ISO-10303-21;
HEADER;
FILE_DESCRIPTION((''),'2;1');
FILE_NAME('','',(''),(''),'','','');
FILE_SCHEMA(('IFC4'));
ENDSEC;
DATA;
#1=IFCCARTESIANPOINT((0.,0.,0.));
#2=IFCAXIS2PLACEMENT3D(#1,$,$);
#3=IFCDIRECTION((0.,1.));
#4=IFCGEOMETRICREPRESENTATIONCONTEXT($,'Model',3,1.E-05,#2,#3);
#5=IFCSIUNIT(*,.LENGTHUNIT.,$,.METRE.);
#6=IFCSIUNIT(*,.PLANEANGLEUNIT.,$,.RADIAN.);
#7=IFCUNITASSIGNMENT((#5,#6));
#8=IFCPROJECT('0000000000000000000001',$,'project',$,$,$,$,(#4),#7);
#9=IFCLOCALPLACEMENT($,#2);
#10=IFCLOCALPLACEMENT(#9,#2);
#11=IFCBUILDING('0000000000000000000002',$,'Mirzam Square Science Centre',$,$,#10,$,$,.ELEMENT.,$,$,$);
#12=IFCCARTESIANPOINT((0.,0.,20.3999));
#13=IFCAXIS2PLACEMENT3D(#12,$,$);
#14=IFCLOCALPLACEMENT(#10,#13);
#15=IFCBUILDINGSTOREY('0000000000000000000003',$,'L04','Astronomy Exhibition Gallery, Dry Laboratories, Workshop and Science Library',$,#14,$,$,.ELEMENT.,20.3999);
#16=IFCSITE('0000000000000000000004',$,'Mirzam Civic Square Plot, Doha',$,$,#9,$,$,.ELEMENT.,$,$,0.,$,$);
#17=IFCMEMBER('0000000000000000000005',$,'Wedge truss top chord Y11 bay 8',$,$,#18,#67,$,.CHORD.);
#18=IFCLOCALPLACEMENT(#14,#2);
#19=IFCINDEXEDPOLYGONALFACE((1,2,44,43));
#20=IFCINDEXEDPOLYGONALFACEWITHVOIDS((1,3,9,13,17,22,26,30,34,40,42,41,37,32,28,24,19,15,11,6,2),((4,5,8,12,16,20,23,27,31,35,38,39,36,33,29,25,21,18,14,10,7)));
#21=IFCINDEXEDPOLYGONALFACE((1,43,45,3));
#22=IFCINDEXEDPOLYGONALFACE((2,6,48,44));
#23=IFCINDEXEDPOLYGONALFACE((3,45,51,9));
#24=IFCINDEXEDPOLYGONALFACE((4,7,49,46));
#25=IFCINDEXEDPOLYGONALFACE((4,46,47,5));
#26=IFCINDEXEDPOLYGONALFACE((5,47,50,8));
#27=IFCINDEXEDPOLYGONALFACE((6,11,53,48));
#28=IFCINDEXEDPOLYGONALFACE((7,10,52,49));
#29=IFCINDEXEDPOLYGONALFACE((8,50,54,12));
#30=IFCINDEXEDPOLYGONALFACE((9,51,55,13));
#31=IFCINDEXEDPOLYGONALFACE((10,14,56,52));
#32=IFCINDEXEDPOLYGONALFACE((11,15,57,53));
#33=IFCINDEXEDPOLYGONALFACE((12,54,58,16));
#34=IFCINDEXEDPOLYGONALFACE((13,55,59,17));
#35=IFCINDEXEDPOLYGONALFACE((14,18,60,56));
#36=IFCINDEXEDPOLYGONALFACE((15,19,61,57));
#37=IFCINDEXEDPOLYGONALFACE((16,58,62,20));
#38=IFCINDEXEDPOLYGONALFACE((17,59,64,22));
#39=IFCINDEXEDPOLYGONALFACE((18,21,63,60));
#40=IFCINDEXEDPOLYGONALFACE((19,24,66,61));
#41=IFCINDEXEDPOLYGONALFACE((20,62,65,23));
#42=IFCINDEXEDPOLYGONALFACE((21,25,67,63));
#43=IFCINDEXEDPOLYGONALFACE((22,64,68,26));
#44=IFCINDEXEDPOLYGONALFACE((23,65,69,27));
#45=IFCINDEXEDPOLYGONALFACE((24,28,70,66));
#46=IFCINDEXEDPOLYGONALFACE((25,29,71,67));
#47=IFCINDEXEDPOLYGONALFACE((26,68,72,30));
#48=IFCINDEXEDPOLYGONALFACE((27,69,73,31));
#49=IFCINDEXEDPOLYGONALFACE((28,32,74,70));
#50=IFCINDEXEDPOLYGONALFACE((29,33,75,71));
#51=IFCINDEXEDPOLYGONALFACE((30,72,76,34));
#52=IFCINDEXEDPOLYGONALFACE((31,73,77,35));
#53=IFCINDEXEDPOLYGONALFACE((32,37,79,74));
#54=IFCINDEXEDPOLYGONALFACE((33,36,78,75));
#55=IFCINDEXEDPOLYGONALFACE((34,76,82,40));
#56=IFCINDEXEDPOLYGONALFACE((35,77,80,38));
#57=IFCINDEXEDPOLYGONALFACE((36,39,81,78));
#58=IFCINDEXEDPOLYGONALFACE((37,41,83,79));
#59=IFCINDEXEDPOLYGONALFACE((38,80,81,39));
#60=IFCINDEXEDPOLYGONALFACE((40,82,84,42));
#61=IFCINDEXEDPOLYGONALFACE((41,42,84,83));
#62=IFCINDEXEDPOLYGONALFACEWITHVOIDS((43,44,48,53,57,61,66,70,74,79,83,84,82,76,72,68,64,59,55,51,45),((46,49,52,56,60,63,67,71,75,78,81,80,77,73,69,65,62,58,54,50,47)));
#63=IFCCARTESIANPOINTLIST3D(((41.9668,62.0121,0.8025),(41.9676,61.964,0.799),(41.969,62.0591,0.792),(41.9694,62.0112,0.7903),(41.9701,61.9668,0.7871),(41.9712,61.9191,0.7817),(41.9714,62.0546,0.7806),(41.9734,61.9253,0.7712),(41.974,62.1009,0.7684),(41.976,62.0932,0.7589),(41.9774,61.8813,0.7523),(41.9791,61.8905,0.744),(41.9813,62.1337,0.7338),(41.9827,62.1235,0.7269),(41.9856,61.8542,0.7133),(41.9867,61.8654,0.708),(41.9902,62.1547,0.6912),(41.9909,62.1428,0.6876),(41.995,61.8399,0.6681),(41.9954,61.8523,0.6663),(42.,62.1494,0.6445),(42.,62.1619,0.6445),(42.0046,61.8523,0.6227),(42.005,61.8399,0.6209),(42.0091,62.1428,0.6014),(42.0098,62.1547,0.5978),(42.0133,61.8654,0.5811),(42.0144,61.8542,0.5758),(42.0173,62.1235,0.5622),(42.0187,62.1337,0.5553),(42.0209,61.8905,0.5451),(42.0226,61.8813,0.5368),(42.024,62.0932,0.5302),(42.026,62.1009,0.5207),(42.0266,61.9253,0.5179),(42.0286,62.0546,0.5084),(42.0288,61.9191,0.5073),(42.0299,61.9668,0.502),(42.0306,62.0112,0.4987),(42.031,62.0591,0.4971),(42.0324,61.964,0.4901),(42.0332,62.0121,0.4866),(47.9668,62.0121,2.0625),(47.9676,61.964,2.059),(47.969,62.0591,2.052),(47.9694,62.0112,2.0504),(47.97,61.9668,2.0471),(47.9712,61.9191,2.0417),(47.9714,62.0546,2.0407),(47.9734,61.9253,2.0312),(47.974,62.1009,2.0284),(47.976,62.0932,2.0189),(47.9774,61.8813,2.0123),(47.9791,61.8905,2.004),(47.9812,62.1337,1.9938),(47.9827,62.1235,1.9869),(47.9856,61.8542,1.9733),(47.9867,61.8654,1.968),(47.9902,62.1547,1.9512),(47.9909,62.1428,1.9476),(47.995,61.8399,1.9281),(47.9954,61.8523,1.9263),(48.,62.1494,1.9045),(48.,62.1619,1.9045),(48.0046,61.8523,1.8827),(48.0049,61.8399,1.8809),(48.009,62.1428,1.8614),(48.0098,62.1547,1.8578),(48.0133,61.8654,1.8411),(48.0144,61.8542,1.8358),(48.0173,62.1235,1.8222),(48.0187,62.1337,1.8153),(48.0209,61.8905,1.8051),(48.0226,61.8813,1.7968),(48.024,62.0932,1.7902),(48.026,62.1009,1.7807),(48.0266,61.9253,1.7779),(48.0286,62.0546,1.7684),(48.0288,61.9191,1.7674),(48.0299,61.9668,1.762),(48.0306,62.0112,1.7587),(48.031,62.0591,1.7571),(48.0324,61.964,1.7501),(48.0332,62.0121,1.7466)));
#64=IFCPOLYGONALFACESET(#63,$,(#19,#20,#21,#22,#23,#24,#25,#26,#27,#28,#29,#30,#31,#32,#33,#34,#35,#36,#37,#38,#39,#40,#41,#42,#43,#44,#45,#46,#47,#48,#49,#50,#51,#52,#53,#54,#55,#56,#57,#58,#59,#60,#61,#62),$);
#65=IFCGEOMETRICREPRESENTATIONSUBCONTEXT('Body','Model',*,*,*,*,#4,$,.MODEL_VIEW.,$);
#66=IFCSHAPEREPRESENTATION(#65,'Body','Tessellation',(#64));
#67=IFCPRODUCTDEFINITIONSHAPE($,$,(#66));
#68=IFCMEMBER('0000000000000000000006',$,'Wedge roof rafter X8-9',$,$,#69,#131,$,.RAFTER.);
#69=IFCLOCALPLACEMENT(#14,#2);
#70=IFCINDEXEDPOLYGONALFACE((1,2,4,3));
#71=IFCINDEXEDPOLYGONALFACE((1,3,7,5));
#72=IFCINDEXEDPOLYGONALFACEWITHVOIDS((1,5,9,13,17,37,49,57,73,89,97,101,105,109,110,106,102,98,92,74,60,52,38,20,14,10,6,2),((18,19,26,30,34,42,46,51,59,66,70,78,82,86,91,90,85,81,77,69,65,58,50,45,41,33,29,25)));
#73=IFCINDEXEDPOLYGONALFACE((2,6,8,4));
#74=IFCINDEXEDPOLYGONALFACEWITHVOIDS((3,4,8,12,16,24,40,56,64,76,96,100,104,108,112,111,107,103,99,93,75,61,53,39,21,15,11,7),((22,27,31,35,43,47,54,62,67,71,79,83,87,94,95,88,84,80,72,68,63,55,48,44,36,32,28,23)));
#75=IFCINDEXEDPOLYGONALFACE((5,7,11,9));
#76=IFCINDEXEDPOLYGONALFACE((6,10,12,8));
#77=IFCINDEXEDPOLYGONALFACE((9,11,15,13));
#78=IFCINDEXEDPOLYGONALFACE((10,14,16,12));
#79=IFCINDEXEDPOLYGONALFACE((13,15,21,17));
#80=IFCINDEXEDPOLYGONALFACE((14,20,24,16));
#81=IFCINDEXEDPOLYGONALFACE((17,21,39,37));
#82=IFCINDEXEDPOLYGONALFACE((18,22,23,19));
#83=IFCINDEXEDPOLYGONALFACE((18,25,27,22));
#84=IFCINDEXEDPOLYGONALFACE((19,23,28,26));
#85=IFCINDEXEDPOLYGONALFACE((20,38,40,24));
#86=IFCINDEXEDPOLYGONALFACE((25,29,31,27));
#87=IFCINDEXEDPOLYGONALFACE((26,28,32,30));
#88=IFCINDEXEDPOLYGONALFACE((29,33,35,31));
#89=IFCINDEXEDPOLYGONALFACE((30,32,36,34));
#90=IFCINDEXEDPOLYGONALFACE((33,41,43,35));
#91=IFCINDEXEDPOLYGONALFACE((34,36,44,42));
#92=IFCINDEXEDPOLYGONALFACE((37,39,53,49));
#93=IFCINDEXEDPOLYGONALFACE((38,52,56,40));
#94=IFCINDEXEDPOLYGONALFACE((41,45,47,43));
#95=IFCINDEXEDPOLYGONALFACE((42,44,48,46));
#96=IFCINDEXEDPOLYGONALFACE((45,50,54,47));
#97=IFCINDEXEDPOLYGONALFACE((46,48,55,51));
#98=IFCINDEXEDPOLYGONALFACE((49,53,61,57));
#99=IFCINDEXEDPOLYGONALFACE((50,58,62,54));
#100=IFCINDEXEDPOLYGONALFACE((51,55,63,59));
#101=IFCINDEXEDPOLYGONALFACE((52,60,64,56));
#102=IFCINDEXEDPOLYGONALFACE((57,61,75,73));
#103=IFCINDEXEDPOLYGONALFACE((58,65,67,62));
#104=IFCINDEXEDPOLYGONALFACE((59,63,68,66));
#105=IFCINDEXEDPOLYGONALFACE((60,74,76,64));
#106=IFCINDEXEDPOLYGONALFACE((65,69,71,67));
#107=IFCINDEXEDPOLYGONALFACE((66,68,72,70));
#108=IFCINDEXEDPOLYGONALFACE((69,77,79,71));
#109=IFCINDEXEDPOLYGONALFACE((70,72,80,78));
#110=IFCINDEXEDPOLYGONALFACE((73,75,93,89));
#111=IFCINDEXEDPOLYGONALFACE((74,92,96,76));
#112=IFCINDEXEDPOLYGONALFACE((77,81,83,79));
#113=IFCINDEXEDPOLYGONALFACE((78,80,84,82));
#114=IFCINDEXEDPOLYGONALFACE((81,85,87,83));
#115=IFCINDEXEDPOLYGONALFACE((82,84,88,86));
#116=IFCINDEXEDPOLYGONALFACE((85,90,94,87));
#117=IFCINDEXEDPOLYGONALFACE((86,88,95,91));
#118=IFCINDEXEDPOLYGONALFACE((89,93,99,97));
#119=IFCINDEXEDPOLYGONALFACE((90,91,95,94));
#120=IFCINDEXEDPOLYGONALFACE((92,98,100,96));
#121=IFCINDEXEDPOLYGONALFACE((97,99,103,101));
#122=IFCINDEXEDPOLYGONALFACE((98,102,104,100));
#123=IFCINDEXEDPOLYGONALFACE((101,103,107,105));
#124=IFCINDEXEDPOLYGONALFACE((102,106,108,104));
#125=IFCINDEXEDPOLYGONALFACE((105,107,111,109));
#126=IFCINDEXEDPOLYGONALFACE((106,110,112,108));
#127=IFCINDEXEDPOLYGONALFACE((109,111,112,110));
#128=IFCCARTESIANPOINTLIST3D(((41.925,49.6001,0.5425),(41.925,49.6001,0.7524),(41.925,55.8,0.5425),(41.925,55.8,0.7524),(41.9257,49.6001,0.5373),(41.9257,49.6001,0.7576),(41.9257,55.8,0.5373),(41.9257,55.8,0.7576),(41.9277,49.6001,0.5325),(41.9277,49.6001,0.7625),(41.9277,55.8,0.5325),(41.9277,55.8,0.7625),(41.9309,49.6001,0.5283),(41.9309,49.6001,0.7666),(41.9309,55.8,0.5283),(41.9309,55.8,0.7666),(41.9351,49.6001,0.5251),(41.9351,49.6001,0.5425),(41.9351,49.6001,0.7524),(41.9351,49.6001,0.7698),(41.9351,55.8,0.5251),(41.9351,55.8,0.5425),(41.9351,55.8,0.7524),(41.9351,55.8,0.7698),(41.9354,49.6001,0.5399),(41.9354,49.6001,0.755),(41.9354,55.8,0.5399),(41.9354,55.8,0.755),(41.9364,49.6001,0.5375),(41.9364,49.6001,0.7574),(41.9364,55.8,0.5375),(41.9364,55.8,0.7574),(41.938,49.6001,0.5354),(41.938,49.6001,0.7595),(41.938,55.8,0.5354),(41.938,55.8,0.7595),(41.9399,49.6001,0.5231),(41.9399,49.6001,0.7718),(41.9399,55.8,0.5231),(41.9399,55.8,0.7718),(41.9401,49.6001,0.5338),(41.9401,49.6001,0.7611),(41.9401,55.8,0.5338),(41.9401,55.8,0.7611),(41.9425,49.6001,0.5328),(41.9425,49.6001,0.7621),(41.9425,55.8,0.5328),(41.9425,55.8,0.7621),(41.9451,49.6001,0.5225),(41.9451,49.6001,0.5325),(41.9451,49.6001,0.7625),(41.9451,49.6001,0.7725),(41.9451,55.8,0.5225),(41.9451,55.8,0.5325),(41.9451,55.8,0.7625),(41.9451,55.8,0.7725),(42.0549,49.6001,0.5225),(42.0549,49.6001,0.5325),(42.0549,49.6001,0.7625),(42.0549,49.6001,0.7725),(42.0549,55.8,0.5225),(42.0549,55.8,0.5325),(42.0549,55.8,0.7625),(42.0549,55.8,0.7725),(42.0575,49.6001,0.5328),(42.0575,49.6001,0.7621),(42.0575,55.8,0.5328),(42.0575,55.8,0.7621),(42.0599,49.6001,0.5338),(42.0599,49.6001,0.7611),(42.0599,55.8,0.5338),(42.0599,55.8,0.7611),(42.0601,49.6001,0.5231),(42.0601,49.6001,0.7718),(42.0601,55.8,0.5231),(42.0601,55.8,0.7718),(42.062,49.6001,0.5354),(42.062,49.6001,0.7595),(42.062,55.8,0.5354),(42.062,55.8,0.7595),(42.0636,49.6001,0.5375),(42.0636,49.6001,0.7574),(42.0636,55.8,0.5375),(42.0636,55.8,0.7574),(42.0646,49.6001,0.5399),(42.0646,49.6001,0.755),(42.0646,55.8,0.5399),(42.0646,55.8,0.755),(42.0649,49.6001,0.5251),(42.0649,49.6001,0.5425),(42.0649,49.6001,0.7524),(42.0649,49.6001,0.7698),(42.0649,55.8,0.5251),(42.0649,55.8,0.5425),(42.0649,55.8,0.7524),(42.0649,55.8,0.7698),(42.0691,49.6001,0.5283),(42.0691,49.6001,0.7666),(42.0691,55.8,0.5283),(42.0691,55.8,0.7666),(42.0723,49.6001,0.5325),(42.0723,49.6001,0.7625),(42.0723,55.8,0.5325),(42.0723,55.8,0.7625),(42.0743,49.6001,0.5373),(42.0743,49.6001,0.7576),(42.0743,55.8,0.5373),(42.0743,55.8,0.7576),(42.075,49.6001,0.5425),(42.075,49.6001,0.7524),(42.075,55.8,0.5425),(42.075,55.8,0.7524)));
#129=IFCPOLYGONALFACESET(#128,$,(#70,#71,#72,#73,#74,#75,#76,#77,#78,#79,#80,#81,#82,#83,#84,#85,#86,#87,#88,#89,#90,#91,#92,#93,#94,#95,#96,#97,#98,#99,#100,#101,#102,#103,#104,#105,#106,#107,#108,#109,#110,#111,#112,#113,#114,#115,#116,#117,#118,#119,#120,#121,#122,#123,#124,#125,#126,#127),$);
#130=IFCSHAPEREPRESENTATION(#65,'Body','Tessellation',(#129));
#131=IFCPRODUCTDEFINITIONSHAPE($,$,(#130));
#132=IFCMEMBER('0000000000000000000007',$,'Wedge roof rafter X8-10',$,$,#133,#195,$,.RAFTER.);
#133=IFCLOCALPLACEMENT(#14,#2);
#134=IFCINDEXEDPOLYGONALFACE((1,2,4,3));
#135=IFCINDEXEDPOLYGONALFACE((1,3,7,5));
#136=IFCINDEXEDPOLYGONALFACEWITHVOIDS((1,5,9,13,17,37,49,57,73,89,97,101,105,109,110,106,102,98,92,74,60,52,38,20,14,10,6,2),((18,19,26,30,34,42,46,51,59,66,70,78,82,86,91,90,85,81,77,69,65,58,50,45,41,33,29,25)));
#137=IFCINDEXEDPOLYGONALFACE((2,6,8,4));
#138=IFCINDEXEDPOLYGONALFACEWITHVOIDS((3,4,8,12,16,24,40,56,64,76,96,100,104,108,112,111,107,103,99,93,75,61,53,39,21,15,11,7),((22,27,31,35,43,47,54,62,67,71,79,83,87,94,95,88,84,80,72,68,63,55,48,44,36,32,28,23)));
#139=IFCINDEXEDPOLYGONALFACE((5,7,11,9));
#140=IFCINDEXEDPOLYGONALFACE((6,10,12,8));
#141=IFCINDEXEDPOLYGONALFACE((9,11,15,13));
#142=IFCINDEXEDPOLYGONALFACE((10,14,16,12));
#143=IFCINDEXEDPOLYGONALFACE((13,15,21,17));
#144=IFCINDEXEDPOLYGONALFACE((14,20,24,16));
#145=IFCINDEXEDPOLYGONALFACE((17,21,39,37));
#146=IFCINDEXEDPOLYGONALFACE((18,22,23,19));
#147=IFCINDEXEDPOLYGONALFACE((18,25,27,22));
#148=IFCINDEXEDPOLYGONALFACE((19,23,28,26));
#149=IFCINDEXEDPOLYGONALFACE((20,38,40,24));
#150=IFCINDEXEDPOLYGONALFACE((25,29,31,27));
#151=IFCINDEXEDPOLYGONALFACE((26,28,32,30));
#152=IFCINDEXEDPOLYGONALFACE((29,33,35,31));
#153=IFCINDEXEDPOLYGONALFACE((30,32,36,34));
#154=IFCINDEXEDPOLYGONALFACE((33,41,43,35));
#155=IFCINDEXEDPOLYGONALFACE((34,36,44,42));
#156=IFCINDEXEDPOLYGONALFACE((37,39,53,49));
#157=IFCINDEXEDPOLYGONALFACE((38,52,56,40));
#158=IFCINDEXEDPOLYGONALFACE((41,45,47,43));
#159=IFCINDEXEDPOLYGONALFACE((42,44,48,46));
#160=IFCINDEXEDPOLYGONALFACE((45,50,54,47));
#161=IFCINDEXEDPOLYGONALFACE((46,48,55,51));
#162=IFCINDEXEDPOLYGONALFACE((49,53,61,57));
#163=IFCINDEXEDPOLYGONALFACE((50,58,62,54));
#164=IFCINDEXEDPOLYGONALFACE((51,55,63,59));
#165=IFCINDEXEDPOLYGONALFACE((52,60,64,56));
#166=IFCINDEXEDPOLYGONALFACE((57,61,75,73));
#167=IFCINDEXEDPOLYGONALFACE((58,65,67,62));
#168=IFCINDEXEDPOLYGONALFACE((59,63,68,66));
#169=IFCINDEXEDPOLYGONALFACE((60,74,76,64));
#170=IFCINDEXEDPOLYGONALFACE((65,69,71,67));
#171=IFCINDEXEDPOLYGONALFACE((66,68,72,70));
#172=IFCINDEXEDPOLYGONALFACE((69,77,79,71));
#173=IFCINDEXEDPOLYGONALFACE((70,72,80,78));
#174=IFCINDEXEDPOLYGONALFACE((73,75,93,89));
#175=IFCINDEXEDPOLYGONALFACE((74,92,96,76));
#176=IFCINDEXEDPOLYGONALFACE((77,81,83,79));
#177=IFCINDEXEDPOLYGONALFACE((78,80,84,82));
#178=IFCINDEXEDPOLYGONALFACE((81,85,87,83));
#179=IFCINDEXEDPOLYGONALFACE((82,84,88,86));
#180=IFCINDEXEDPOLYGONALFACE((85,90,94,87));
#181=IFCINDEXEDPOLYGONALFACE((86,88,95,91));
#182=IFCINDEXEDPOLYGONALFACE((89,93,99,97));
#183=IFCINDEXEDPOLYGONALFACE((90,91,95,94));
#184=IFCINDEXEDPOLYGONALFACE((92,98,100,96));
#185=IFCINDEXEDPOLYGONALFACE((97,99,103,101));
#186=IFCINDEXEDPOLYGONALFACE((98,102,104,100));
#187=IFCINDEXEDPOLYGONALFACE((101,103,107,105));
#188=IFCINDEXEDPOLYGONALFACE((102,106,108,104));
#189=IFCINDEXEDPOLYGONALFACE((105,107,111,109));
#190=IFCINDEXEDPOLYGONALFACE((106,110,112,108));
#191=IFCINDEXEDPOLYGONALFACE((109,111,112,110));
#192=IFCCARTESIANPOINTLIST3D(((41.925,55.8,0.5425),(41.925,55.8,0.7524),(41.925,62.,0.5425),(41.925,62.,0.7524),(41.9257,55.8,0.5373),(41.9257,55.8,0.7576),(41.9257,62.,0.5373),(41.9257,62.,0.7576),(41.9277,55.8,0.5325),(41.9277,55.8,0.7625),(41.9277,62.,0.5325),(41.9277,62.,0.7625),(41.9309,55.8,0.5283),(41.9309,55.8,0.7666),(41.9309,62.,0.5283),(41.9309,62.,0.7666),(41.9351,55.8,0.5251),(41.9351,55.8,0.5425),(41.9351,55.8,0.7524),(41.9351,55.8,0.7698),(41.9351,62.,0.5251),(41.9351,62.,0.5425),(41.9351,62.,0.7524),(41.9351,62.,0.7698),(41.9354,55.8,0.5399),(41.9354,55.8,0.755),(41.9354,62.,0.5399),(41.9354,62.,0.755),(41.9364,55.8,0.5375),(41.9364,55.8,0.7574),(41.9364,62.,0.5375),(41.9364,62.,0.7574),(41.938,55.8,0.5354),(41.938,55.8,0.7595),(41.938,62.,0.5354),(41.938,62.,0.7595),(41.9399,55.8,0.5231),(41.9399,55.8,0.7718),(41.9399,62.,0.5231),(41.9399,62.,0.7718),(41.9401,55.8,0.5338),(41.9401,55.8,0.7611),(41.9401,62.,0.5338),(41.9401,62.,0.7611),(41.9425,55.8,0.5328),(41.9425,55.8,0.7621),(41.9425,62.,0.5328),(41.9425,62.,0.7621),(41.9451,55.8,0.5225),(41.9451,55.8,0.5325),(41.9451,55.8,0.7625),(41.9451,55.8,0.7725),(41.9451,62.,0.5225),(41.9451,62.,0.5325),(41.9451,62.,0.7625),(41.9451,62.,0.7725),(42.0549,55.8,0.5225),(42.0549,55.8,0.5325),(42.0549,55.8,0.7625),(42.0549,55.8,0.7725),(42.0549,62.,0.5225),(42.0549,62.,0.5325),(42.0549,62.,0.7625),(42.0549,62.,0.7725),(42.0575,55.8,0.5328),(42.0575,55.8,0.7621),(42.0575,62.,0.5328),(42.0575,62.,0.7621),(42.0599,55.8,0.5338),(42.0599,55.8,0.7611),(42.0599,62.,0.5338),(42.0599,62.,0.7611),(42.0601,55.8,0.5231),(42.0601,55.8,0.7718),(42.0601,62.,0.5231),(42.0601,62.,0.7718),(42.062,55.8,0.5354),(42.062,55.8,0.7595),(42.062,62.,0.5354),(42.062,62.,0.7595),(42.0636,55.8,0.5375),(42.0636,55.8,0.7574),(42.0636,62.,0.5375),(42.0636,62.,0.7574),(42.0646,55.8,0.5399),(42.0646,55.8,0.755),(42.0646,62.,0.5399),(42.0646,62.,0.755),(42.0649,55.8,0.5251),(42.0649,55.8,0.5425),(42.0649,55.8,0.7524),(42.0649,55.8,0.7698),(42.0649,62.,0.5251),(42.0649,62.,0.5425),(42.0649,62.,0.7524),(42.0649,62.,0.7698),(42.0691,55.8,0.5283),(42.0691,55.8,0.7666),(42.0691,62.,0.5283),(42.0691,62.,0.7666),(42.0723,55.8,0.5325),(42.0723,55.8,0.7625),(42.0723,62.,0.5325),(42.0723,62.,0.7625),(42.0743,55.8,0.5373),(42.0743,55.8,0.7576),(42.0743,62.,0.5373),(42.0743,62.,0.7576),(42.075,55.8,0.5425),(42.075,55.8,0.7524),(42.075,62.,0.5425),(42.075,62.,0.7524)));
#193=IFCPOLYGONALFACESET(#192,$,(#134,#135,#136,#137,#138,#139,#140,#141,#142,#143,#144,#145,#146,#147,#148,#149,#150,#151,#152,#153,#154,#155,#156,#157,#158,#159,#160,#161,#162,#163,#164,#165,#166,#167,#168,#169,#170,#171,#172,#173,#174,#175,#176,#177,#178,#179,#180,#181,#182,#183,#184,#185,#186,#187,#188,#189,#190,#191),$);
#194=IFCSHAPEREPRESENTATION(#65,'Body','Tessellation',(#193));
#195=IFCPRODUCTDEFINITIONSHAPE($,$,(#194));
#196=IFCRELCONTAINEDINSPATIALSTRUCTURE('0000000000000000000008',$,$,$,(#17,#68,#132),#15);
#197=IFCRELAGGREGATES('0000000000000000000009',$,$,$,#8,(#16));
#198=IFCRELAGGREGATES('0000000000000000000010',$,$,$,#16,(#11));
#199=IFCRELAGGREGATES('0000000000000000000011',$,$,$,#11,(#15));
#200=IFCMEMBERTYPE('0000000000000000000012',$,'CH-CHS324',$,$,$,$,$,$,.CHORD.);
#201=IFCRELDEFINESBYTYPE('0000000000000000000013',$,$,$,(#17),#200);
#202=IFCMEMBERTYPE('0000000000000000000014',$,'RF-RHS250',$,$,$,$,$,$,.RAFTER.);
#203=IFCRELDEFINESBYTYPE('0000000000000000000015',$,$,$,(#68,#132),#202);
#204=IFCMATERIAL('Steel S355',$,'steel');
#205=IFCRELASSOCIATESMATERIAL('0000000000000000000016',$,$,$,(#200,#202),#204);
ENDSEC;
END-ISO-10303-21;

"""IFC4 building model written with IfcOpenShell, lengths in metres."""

from ifc_helpers import new_model, si_unit, direction, frame, origin, origin_2d, place, context, subcontext, project, spatial, hollow_rectangle, hollow_circle, extrude, material, material_profile, profile_set, type_object, element, save


model = new_model("IFC4")

# Units and contexts
model_context = context("Model", 3, precision=1e-05, world=origin(), true_north=direction((0.0, 1.0)))
body_context = subcontext(model_context, "Body", "Model", "MODEL_VIEW")
ifc_project = project(units=[si_unit("LENGTHUNIT", "METRE"), si_unit("PLANEANGLEUNIT", "RADIAN")], contexts=[model_context])

# Site, building, storey
site_placement = place(None, origin())
site = spatial("IfcSite", under=ifc_project, at=site_placement, Name="Mirzam Civic Square Plot, Doha", CompositionType="ELEMENT", RefElevation=0.0)
building_placement = place(site_placement, origin())
building = spatial("IfcBuilding", under=site, at=building_placement, Name="Mirzam Square Science Centre", CompositionType="ELEMENT")
storey_placement = place(building_placement, frame((0.0, 0.0, 20.3999)))
storey = spatial("IfcBuildingStorey", under=building, at=storey_placement, Name="L04", Description="Astronomy Exhibition Gallery, Dry Laboratories, Workshop and Science Library", CompositionType="ELEMENT", Elevation=20.3999)

# Members
ifc_material = material(Name="Steel S355", Category="steel")
ifc_material_profile_1 = material_profile(ifc_material, hollow_circle(Radius=0.1619, WallThickness=0.0125, at=origin_2d()), Name="323.9x12.5CHS")
ifc_profile_set_1 = profile_set([ifc_material_profile_1], Name="Steel S355")
member_type_1 = type_object("IfcMemberType", Name="CH-CHS324", PredefinedType="CHORD", material=ifc_profile_set_1)
for number, where, z_axis, x_axis, name in (
    (1, (42.0, 62.0, 0.6445), (0.978653, 0.0, 0.205519), (0.0, 1.0, 0.0), "Wedge truss top chord Y11 bay 8"),
):
    element("IfcMember", number, at=place(storey_placement, frame(where, z_axis=z_axis, x_axis=x_axis)), inside=storey, type_object=member_type_1, Name=name, PredefinedType="CHORD", context=body_context, shape_type="SweptSolid", body=[
        extrude(hollow_circle(Radius=0.1619, WallThickness=0.0125, at=origin_2d()), origin(), (0.0, 0.0, 1.0), 6.1309),
    ])
ifc_material_profile_2 = material_profile(ifc_material, hollow_rectangle(XDim=0.1499, YDim=0.25, WallThickness=0.01, InnerFilletRadius=0.01, OuterFilletRadius=0.02, at=origin_2d()), Name="250x150x10.0RHS")
ifc_profile_set_2 = profile_set([ifc_material_profile_2], Name="Steel S355")
member_type_2 = type_object("IfcMemberType", Name="RF-RHS250", PredefinedType="RAFTER", material=ifc_profile_set_2)
for number, where, z_axis, x_axis, name in (
    (2, (42.0, 49.6001, 0.6475), (0.0, 1.0, 0.0), (-1.0, 0.0, 0.0), "Wedge roof rafter X8-9"),
    (3, (42.0, 55.8, 0.6475), (0.0, 1.0, 0.0), (-1.0, 0.0, 0.0), "Wedge roof rafter X8-10"),
):
    element("IfcMember", number, at=place(storey_placement, frame(where, z_axis=z_axis, x_axis=x_axis)), inside=storey, type_object=member_type_2, Name=name, PredefinedType="RAFTER", context=body_context, shape_type="SweptSolid", body=[
        extrude(hollow_rectangle(XDim=0.1499, YDim=0.25, WallThickness=0.01, InnerFilletRadius=0.01, OuterFilletRadius=0.02, at=origin_2d()), origin(), (0.0, 0.0, 1.0), 6.2),
    ])

save(model, "model.ifc")
